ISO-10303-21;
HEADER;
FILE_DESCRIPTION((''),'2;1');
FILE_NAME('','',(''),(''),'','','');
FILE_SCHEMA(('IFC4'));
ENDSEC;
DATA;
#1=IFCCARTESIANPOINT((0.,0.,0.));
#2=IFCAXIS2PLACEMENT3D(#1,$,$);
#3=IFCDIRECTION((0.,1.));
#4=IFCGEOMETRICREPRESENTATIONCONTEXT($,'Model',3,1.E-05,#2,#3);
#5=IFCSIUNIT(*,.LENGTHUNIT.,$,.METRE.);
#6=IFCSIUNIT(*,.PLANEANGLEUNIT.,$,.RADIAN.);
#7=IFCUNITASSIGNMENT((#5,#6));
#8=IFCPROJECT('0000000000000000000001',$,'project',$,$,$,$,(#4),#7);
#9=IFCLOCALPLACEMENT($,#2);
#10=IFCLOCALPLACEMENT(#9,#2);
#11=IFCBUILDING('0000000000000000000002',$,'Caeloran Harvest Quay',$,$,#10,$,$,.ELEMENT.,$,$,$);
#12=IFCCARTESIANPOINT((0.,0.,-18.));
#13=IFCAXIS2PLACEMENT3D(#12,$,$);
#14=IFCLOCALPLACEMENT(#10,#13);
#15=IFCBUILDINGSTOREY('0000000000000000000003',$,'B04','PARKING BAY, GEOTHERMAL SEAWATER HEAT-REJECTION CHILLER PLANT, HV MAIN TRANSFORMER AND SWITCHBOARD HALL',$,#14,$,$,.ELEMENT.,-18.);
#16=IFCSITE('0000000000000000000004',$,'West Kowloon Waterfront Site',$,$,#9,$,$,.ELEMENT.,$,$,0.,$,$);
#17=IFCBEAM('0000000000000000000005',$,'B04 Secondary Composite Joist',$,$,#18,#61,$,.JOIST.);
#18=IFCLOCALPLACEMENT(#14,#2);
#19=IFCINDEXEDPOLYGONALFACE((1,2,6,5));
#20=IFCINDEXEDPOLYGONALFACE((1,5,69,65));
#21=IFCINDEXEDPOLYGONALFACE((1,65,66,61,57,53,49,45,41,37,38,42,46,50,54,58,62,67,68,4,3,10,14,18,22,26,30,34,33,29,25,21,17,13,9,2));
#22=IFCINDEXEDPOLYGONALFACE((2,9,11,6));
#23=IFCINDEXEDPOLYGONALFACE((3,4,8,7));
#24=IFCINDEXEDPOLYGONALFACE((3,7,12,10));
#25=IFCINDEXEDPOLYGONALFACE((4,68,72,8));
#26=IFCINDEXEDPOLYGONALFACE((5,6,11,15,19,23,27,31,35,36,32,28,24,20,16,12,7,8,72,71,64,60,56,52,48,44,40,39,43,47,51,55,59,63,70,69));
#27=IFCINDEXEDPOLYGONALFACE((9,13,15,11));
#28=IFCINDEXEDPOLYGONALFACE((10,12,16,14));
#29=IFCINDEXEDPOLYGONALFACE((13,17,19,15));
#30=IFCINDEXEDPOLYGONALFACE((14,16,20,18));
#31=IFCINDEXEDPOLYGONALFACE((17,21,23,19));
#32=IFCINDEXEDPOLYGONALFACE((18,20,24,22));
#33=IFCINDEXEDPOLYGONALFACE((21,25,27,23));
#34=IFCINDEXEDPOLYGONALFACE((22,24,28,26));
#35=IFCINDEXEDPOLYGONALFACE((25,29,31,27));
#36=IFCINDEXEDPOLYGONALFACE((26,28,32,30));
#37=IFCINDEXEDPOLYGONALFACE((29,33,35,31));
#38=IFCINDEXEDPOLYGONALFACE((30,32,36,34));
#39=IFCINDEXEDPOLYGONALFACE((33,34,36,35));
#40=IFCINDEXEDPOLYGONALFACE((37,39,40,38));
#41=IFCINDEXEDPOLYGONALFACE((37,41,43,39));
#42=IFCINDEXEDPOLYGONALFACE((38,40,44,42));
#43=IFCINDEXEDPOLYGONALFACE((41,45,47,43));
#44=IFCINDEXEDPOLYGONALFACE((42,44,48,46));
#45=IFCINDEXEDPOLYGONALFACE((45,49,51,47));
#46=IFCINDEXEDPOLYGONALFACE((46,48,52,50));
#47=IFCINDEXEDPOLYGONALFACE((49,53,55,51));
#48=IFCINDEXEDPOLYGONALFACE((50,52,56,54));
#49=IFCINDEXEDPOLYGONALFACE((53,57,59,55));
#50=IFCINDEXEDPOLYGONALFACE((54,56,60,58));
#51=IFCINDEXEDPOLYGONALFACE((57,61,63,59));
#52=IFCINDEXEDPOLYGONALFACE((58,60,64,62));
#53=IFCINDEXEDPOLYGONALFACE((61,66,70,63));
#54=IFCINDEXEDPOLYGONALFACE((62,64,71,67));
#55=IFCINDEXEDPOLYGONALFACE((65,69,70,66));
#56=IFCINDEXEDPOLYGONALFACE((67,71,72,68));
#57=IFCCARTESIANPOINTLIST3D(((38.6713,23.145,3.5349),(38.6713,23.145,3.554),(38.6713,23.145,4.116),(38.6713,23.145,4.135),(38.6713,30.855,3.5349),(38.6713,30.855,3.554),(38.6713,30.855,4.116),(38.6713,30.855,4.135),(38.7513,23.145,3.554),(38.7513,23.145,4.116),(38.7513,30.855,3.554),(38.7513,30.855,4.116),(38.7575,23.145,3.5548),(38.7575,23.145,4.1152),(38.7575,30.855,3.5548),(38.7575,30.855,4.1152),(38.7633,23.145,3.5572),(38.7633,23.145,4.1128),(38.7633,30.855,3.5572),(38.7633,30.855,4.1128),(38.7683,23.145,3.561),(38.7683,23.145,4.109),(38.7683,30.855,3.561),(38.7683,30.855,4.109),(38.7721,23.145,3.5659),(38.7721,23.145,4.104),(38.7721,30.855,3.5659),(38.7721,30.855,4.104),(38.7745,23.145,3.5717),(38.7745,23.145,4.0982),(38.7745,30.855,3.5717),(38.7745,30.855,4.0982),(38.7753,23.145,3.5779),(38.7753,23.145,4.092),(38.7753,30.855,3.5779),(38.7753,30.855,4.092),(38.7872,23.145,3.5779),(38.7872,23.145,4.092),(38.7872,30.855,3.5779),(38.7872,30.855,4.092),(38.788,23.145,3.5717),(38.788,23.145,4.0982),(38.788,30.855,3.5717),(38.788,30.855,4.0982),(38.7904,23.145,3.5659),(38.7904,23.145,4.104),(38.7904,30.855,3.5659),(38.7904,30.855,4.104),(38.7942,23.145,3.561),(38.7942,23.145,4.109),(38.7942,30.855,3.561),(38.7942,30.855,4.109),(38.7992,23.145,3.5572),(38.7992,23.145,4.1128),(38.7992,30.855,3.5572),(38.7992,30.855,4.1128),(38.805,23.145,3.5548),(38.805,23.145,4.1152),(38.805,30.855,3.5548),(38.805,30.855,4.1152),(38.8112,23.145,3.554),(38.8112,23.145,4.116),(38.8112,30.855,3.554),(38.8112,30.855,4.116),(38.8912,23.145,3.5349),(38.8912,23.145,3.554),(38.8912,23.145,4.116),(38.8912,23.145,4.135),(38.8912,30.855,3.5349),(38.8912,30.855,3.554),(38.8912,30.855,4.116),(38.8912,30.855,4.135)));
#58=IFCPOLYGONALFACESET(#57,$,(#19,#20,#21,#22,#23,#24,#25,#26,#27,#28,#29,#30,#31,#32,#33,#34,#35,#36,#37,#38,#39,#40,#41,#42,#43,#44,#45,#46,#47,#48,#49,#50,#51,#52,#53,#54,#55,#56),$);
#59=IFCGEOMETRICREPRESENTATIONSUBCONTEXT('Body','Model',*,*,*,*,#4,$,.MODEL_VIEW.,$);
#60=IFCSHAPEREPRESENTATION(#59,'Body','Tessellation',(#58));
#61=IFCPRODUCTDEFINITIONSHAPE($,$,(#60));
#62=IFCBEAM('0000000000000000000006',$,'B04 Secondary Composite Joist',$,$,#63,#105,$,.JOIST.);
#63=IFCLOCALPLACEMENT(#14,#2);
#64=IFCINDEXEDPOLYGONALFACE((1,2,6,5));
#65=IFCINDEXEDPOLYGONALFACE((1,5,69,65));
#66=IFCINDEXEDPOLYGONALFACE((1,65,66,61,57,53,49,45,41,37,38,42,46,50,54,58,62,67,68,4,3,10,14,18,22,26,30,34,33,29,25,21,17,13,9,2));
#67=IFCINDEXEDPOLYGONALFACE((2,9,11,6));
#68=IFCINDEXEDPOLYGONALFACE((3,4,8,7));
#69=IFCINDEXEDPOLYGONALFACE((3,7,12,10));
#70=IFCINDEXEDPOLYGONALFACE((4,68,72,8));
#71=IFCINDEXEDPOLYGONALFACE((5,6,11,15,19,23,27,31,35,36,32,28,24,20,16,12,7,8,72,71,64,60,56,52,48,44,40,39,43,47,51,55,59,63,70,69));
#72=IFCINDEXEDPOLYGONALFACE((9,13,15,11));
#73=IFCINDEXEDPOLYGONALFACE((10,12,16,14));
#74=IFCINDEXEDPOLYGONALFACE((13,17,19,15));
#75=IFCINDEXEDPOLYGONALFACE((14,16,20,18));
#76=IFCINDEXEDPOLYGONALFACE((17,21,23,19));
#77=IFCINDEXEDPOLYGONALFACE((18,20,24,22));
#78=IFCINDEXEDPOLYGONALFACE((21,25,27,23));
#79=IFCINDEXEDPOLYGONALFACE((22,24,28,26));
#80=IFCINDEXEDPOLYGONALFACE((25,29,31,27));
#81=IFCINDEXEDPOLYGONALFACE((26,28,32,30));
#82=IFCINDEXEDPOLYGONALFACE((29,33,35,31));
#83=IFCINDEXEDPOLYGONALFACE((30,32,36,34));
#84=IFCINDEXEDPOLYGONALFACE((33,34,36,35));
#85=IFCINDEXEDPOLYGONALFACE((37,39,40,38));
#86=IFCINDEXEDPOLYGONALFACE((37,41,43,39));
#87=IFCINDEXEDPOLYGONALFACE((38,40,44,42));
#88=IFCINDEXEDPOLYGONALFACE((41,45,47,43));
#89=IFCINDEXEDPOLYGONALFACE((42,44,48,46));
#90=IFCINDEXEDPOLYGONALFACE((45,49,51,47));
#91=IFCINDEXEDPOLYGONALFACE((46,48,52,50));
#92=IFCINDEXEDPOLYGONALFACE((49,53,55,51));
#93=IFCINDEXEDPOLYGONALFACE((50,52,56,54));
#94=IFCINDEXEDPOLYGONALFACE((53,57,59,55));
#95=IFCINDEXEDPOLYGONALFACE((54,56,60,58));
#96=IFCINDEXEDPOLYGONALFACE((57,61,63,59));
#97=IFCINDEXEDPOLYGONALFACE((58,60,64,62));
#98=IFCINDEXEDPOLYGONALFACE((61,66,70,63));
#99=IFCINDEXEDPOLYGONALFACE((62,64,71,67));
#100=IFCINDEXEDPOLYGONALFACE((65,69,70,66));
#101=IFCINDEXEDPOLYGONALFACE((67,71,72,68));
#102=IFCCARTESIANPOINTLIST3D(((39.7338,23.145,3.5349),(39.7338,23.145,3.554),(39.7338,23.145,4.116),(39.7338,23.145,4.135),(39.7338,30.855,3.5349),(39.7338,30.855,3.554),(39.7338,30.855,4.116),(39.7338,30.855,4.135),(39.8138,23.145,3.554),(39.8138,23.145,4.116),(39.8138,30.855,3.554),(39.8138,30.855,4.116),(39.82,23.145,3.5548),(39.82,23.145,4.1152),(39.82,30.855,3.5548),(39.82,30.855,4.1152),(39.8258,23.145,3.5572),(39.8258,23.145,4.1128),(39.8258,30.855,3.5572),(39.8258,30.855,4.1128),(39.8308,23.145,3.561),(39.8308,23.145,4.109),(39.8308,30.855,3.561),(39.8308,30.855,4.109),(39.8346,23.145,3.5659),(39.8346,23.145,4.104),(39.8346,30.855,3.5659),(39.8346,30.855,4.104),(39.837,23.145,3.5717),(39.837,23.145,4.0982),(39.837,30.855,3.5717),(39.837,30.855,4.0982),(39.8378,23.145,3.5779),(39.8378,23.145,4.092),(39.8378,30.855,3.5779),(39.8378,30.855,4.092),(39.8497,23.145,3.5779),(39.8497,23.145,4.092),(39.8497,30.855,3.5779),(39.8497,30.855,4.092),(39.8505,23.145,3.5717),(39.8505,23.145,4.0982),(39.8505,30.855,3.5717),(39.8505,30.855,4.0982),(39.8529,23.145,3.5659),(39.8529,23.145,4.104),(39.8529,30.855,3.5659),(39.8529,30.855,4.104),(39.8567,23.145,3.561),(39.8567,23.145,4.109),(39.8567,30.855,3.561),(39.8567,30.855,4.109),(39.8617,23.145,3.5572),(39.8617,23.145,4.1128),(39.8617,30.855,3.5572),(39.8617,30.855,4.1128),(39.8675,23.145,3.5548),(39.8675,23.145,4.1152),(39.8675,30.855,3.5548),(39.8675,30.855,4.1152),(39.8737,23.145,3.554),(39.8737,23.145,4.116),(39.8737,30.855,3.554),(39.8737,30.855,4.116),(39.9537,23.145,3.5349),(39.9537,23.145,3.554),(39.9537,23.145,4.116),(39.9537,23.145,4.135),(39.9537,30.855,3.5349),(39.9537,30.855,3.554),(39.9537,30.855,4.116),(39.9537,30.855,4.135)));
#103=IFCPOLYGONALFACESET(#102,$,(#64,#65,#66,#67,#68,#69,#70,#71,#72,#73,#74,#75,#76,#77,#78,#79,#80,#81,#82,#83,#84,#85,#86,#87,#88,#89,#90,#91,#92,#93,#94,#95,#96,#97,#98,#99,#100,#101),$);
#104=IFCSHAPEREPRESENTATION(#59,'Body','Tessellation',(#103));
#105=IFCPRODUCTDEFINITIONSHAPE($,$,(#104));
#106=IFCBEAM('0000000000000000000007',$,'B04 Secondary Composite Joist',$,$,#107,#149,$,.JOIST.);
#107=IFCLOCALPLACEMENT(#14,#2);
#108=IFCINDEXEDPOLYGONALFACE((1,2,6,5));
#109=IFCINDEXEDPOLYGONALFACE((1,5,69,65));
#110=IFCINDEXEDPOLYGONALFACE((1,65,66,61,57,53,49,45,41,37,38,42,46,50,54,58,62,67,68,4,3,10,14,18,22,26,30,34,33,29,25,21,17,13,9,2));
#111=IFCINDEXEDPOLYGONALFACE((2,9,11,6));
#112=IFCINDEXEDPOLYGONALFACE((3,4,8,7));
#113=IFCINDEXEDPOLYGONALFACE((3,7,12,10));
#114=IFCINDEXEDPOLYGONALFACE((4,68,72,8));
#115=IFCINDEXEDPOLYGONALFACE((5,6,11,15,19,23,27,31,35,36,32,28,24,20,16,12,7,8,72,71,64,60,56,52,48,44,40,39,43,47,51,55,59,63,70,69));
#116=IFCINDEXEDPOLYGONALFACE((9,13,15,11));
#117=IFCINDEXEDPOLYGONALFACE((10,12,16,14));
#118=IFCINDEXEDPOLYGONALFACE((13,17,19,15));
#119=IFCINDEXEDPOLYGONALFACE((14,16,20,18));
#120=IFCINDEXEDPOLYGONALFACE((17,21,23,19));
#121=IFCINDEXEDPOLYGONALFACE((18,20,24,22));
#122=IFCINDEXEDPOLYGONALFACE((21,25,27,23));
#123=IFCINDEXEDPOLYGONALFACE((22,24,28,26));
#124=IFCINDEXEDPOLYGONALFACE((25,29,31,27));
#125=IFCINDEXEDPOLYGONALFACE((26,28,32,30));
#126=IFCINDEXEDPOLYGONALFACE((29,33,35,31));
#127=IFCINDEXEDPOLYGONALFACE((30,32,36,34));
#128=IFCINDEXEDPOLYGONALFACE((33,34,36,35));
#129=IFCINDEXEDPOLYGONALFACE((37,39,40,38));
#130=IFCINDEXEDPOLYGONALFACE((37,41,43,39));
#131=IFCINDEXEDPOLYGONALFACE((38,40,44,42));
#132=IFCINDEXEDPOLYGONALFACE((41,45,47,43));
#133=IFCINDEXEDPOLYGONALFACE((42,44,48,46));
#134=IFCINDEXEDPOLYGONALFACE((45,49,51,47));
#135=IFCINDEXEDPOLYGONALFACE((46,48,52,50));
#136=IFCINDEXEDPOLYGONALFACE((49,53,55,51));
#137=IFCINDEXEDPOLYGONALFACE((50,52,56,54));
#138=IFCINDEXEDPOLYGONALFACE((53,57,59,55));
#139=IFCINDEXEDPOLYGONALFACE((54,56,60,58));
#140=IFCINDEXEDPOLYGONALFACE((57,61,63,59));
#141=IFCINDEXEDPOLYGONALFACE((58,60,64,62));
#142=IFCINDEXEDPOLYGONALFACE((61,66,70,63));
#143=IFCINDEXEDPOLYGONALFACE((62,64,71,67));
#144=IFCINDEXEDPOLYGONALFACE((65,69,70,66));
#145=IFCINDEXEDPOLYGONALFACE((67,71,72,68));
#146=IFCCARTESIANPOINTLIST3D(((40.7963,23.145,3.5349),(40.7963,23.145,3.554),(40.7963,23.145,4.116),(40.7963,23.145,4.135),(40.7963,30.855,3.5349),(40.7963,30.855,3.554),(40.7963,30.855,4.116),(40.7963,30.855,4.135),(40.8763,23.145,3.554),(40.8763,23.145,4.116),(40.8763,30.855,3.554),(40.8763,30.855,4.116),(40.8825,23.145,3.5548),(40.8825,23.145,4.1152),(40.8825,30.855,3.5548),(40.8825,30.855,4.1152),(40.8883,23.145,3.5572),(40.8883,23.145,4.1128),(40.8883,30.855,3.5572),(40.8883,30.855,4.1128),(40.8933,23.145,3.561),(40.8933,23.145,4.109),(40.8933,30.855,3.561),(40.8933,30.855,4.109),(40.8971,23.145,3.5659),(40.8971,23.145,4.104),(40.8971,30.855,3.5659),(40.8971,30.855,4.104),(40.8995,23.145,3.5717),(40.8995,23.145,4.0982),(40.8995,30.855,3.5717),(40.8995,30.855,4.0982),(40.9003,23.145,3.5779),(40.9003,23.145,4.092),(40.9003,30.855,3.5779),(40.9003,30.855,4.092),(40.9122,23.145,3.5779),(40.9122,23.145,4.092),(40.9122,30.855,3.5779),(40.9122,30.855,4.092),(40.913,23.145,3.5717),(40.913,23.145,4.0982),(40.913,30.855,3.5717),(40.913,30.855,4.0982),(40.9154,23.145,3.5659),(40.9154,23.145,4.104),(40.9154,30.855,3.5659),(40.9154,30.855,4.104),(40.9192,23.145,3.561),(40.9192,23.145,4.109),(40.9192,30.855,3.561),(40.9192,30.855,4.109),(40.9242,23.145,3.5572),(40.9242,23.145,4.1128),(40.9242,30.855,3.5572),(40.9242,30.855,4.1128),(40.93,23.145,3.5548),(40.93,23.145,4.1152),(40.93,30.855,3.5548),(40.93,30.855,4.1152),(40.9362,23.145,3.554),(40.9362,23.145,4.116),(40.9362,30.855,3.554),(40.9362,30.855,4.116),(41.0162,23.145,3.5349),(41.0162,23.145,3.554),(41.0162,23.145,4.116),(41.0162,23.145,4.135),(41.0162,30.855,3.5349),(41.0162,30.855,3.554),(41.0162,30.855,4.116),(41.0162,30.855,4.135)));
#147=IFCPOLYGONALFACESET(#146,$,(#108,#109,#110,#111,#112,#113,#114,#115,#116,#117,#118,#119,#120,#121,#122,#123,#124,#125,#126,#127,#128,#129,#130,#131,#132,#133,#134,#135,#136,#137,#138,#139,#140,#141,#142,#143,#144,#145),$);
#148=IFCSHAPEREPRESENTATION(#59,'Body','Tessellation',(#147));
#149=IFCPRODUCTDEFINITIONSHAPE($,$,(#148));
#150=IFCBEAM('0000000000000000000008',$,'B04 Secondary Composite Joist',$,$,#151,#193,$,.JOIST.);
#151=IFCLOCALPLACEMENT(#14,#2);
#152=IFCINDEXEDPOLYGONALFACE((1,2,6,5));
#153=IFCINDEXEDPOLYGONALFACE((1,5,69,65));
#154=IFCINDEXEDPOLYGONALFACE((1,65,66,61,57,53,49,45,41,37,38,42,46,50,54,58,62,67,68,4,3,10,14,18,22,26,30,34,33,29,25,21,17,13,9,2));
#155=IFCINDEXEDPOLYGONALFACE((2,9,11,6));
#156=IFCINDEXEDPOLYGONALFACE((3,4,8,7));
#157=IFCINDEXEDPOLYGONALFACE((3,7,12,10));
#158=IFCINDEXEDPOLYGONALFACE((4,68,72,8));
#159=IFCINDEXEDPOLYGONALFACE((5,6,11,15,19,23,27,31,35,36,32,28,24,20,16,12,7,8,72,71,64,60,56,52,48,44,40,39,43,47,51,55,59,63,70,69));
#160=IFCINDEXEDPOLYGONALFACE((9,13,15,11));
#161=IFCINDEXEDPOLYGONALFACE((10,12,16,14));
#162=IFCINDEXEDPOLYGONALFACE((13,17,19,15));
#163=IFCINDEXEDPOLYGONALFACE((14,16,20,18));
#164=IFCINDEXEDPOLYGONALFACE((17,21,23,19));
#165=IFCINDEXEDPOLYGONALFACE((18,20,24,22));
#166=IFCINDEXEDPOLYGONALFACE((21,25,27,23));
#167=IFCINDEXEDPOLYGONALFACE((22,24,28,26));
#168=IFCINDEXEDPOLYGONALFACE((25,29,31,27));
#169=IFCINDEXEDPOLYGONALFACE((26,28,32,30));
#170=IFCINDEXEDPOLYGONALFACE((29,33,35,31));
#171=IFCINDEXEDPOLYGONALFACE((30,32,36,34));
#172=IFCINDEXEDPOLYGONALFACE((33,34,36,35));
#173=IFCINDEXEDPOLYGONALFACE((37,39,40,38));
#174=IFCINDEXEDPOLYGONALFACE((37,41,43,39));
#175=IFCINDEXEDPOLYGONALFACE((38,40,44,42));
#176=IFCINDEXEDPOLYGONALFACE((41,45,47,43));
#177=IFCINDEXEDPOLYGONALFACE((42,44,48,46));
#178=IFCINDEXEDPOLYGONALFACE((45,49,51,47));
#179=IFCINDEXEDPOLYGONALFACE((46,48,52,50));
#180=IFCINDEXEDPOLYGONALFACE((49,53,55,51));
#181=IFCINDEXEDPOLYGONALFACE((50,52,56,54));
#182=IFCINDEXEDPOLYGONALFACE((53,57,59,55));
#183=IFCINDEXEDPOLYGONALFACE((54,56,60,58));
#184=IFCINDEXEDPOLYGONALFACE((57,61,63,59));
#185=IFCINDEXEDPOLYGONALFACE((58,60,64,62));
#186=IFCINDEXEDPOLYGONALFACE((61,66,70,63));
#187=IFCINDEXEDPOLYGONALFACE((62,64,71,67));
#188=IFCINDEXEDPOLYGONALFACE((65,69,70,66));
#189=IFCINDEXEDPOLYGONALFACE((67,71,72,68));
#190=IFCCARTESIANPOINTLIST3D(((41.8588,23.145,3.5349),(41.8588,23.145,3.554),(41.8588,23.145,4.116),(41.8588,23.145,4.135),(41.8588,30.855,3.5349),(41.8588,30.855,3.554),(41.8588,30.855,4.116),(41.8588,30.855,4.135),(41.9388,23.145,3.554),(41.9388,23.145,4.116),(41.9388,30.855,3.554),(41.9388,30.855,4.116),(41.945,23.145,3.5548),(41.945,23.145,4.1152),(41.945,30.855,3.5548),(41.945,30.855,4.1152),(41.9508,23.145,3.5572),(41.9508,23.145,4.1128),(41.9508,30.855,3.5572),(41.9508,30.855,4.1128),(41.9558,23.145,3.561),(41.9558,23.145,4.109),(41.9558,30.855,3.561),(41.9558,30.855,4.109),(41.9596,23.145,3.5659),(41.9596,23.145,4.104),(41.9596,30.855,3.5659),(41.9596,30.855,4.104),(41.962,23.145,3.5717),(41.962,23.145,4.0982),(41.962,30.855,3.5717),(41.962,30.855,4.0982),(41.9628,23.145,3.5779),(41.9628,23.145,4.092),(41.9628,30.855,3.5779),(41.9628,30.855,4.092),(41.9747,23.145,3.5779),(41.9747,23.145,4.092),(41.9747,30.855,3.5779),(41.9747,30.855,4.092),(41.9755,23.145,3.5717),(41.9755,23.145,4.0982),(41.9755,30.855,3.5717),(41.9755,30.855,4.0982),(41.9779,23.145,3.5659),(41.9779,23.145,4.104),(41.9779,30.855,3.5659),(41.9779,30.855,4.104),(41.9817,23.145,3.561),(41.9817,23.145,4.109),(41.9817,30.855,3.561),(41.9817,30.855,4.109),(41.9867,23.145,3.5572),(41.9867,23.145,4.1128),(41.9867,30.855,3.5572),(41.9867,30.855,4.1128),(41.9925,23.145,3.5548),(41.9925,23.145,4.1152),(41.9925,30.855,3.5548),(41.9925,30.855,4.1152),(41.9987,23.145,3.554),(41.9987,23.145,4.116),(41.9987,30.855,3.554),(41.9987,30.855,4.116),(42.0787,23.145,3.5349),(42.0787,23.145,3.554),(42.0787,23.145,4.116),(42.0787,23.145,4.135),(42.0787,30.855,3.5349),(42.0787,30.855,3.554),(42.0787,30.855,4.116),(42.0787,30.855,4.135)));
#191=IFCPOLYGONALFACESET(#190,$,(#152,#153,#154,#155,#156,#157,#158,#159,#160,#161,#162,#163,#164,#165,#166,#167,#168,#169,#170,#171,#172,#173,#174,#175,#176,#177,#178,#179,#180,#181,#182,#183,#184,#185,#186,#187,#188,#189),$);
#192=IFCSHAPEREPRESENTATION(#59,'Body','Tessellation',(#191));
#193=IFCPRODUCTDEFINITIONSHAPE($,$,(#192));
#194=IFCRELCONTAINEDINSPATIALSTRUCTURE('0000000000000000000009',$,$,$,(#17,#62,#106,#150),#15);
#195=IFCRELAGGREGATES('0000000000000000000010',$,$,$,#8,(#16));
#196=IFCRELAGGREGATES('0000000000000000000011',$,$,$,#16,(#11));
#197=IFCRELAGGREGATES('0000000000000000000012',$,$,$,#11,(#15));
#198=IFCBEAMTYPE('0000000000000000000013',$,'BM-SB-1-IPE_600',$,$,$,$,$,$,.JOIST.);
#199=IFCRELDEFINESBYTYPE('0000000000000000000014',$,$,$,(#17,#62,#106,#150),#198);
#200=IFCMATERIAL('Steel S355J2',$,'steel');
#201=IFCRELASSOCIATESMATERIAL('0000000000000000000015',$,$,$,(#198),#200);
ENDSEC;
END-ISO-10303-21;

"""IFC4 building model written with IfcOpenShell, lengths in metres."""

from ifc_helpers import new_model, si_unit, direction, frame, origin, origin_2d, place, context, subcontext, project, spatial, i_section, extrude, material, material_profile, profile_set, type_object, element, save


model = new_model("IFC4")

# Units and contexts
model_context = context("Model", 3, precision=1e-05, world=origin(), true_north=direction((0.0, 1.0)))
body_context = subcontext(model_context, "Body", "Model", "MODEL_VIEW")
ifc_project = project(units=[si_unit("LENGTHUNIT", "METRE"), si_unit("PLANEANGLEUNIT", "RADIAN")], contexts=[model_context])

# Site, building, storey
site_placement = place(None, origin())
site = spatial("IfcSite", under=ifc_project, at=site_placement, Name="West Kowloon Waterfront Site", CompositionType="ELEMENT", RefElevation=0.0)
building_placement = place(site_placement, origin())
building = spatial("IfcBuilding", under=site, at=building_placement, Name="Caeloran Harvest Quay", CompositionType="ELEMENT")
storey_placement = place(building_placement, frame((0.0, 0.0, -18.0)))
storey = spatial("IfcBuildingStorey", under=building, at=storey_placement, Name="B04", Description="PARKING BAY, GEOTHERMAL SEAWATER HEAT-REJECTION CHILLER PLANT, HV MAIN TRANSFORMER AND SWITCHBOARD HALL", CompositionType="ELEMENT", Elevation=-18.0)

# Beams
ifc_material_1 = material(Name="Steel S355J2", Category="steel")
ifc_material_profile_1 = material_profile(ifc_material_1, i_section(OverallWidth=0.22, OverallDepth=0.6001, WebThickness=0.012, FlangeThickness=0.019, FilletRadius=0.0239, at=origin_2d()), Name="IPE 600")
ifc_profile_set_1 = profile_set([ifc_material_profile_1], Name="Steel S355J2")
beam_type_1 = type_object("IfcBeamType", Name="BM-SB-1-IPE_600", PredefinedType="JOIST", material=ifc_profile_set_1)
for number, where, z_axis, x_axis, name in (
    (1, (38.7812, 23.145, 3.835), (0.0, 1.0, 0.0), (-1.0, 0.0, 0.0), "B04 Secondary Composite Joist"),
    (2, (39.8438, 23.145, 3.835), (0.0, 1.0, 0.0), (-1.0, 0.0, 0.0), "B04 Secondary Composite Joist"),
    (3, (40.9062, 23.145, 3.835), (0.0, 1.0, 0.0), (-1.0, 0.0, 0.0), "B04 Secondary Composite Joist"),
    (4, (41.9688, 23.145, 3.835), (0.0, 1.0, 0.0), (-1.0, 0.0, 0.0), "B04 Secondary Composite Joist"),
):
    element("IfcBeam", number, at=place(storey_placement, frame(where, z_axis=z_axis, x_axis=x_axis)), inside=storey, type_object=beam_type_1, Name=name, PredefinedType="JOIST", context=body_context, shape_type="SweptSolid", body=[
        extrude(i_section(OverallWidth=0.22, OverallDepth=0.6001, WebThickness=0.012, FlangeThickness=0.019, FilletRadius=0.0239, at=origin_2d()), origin(), (0.0, 0.0, 1.0), 7.71),
    ])

save(model, "model.ifc")
